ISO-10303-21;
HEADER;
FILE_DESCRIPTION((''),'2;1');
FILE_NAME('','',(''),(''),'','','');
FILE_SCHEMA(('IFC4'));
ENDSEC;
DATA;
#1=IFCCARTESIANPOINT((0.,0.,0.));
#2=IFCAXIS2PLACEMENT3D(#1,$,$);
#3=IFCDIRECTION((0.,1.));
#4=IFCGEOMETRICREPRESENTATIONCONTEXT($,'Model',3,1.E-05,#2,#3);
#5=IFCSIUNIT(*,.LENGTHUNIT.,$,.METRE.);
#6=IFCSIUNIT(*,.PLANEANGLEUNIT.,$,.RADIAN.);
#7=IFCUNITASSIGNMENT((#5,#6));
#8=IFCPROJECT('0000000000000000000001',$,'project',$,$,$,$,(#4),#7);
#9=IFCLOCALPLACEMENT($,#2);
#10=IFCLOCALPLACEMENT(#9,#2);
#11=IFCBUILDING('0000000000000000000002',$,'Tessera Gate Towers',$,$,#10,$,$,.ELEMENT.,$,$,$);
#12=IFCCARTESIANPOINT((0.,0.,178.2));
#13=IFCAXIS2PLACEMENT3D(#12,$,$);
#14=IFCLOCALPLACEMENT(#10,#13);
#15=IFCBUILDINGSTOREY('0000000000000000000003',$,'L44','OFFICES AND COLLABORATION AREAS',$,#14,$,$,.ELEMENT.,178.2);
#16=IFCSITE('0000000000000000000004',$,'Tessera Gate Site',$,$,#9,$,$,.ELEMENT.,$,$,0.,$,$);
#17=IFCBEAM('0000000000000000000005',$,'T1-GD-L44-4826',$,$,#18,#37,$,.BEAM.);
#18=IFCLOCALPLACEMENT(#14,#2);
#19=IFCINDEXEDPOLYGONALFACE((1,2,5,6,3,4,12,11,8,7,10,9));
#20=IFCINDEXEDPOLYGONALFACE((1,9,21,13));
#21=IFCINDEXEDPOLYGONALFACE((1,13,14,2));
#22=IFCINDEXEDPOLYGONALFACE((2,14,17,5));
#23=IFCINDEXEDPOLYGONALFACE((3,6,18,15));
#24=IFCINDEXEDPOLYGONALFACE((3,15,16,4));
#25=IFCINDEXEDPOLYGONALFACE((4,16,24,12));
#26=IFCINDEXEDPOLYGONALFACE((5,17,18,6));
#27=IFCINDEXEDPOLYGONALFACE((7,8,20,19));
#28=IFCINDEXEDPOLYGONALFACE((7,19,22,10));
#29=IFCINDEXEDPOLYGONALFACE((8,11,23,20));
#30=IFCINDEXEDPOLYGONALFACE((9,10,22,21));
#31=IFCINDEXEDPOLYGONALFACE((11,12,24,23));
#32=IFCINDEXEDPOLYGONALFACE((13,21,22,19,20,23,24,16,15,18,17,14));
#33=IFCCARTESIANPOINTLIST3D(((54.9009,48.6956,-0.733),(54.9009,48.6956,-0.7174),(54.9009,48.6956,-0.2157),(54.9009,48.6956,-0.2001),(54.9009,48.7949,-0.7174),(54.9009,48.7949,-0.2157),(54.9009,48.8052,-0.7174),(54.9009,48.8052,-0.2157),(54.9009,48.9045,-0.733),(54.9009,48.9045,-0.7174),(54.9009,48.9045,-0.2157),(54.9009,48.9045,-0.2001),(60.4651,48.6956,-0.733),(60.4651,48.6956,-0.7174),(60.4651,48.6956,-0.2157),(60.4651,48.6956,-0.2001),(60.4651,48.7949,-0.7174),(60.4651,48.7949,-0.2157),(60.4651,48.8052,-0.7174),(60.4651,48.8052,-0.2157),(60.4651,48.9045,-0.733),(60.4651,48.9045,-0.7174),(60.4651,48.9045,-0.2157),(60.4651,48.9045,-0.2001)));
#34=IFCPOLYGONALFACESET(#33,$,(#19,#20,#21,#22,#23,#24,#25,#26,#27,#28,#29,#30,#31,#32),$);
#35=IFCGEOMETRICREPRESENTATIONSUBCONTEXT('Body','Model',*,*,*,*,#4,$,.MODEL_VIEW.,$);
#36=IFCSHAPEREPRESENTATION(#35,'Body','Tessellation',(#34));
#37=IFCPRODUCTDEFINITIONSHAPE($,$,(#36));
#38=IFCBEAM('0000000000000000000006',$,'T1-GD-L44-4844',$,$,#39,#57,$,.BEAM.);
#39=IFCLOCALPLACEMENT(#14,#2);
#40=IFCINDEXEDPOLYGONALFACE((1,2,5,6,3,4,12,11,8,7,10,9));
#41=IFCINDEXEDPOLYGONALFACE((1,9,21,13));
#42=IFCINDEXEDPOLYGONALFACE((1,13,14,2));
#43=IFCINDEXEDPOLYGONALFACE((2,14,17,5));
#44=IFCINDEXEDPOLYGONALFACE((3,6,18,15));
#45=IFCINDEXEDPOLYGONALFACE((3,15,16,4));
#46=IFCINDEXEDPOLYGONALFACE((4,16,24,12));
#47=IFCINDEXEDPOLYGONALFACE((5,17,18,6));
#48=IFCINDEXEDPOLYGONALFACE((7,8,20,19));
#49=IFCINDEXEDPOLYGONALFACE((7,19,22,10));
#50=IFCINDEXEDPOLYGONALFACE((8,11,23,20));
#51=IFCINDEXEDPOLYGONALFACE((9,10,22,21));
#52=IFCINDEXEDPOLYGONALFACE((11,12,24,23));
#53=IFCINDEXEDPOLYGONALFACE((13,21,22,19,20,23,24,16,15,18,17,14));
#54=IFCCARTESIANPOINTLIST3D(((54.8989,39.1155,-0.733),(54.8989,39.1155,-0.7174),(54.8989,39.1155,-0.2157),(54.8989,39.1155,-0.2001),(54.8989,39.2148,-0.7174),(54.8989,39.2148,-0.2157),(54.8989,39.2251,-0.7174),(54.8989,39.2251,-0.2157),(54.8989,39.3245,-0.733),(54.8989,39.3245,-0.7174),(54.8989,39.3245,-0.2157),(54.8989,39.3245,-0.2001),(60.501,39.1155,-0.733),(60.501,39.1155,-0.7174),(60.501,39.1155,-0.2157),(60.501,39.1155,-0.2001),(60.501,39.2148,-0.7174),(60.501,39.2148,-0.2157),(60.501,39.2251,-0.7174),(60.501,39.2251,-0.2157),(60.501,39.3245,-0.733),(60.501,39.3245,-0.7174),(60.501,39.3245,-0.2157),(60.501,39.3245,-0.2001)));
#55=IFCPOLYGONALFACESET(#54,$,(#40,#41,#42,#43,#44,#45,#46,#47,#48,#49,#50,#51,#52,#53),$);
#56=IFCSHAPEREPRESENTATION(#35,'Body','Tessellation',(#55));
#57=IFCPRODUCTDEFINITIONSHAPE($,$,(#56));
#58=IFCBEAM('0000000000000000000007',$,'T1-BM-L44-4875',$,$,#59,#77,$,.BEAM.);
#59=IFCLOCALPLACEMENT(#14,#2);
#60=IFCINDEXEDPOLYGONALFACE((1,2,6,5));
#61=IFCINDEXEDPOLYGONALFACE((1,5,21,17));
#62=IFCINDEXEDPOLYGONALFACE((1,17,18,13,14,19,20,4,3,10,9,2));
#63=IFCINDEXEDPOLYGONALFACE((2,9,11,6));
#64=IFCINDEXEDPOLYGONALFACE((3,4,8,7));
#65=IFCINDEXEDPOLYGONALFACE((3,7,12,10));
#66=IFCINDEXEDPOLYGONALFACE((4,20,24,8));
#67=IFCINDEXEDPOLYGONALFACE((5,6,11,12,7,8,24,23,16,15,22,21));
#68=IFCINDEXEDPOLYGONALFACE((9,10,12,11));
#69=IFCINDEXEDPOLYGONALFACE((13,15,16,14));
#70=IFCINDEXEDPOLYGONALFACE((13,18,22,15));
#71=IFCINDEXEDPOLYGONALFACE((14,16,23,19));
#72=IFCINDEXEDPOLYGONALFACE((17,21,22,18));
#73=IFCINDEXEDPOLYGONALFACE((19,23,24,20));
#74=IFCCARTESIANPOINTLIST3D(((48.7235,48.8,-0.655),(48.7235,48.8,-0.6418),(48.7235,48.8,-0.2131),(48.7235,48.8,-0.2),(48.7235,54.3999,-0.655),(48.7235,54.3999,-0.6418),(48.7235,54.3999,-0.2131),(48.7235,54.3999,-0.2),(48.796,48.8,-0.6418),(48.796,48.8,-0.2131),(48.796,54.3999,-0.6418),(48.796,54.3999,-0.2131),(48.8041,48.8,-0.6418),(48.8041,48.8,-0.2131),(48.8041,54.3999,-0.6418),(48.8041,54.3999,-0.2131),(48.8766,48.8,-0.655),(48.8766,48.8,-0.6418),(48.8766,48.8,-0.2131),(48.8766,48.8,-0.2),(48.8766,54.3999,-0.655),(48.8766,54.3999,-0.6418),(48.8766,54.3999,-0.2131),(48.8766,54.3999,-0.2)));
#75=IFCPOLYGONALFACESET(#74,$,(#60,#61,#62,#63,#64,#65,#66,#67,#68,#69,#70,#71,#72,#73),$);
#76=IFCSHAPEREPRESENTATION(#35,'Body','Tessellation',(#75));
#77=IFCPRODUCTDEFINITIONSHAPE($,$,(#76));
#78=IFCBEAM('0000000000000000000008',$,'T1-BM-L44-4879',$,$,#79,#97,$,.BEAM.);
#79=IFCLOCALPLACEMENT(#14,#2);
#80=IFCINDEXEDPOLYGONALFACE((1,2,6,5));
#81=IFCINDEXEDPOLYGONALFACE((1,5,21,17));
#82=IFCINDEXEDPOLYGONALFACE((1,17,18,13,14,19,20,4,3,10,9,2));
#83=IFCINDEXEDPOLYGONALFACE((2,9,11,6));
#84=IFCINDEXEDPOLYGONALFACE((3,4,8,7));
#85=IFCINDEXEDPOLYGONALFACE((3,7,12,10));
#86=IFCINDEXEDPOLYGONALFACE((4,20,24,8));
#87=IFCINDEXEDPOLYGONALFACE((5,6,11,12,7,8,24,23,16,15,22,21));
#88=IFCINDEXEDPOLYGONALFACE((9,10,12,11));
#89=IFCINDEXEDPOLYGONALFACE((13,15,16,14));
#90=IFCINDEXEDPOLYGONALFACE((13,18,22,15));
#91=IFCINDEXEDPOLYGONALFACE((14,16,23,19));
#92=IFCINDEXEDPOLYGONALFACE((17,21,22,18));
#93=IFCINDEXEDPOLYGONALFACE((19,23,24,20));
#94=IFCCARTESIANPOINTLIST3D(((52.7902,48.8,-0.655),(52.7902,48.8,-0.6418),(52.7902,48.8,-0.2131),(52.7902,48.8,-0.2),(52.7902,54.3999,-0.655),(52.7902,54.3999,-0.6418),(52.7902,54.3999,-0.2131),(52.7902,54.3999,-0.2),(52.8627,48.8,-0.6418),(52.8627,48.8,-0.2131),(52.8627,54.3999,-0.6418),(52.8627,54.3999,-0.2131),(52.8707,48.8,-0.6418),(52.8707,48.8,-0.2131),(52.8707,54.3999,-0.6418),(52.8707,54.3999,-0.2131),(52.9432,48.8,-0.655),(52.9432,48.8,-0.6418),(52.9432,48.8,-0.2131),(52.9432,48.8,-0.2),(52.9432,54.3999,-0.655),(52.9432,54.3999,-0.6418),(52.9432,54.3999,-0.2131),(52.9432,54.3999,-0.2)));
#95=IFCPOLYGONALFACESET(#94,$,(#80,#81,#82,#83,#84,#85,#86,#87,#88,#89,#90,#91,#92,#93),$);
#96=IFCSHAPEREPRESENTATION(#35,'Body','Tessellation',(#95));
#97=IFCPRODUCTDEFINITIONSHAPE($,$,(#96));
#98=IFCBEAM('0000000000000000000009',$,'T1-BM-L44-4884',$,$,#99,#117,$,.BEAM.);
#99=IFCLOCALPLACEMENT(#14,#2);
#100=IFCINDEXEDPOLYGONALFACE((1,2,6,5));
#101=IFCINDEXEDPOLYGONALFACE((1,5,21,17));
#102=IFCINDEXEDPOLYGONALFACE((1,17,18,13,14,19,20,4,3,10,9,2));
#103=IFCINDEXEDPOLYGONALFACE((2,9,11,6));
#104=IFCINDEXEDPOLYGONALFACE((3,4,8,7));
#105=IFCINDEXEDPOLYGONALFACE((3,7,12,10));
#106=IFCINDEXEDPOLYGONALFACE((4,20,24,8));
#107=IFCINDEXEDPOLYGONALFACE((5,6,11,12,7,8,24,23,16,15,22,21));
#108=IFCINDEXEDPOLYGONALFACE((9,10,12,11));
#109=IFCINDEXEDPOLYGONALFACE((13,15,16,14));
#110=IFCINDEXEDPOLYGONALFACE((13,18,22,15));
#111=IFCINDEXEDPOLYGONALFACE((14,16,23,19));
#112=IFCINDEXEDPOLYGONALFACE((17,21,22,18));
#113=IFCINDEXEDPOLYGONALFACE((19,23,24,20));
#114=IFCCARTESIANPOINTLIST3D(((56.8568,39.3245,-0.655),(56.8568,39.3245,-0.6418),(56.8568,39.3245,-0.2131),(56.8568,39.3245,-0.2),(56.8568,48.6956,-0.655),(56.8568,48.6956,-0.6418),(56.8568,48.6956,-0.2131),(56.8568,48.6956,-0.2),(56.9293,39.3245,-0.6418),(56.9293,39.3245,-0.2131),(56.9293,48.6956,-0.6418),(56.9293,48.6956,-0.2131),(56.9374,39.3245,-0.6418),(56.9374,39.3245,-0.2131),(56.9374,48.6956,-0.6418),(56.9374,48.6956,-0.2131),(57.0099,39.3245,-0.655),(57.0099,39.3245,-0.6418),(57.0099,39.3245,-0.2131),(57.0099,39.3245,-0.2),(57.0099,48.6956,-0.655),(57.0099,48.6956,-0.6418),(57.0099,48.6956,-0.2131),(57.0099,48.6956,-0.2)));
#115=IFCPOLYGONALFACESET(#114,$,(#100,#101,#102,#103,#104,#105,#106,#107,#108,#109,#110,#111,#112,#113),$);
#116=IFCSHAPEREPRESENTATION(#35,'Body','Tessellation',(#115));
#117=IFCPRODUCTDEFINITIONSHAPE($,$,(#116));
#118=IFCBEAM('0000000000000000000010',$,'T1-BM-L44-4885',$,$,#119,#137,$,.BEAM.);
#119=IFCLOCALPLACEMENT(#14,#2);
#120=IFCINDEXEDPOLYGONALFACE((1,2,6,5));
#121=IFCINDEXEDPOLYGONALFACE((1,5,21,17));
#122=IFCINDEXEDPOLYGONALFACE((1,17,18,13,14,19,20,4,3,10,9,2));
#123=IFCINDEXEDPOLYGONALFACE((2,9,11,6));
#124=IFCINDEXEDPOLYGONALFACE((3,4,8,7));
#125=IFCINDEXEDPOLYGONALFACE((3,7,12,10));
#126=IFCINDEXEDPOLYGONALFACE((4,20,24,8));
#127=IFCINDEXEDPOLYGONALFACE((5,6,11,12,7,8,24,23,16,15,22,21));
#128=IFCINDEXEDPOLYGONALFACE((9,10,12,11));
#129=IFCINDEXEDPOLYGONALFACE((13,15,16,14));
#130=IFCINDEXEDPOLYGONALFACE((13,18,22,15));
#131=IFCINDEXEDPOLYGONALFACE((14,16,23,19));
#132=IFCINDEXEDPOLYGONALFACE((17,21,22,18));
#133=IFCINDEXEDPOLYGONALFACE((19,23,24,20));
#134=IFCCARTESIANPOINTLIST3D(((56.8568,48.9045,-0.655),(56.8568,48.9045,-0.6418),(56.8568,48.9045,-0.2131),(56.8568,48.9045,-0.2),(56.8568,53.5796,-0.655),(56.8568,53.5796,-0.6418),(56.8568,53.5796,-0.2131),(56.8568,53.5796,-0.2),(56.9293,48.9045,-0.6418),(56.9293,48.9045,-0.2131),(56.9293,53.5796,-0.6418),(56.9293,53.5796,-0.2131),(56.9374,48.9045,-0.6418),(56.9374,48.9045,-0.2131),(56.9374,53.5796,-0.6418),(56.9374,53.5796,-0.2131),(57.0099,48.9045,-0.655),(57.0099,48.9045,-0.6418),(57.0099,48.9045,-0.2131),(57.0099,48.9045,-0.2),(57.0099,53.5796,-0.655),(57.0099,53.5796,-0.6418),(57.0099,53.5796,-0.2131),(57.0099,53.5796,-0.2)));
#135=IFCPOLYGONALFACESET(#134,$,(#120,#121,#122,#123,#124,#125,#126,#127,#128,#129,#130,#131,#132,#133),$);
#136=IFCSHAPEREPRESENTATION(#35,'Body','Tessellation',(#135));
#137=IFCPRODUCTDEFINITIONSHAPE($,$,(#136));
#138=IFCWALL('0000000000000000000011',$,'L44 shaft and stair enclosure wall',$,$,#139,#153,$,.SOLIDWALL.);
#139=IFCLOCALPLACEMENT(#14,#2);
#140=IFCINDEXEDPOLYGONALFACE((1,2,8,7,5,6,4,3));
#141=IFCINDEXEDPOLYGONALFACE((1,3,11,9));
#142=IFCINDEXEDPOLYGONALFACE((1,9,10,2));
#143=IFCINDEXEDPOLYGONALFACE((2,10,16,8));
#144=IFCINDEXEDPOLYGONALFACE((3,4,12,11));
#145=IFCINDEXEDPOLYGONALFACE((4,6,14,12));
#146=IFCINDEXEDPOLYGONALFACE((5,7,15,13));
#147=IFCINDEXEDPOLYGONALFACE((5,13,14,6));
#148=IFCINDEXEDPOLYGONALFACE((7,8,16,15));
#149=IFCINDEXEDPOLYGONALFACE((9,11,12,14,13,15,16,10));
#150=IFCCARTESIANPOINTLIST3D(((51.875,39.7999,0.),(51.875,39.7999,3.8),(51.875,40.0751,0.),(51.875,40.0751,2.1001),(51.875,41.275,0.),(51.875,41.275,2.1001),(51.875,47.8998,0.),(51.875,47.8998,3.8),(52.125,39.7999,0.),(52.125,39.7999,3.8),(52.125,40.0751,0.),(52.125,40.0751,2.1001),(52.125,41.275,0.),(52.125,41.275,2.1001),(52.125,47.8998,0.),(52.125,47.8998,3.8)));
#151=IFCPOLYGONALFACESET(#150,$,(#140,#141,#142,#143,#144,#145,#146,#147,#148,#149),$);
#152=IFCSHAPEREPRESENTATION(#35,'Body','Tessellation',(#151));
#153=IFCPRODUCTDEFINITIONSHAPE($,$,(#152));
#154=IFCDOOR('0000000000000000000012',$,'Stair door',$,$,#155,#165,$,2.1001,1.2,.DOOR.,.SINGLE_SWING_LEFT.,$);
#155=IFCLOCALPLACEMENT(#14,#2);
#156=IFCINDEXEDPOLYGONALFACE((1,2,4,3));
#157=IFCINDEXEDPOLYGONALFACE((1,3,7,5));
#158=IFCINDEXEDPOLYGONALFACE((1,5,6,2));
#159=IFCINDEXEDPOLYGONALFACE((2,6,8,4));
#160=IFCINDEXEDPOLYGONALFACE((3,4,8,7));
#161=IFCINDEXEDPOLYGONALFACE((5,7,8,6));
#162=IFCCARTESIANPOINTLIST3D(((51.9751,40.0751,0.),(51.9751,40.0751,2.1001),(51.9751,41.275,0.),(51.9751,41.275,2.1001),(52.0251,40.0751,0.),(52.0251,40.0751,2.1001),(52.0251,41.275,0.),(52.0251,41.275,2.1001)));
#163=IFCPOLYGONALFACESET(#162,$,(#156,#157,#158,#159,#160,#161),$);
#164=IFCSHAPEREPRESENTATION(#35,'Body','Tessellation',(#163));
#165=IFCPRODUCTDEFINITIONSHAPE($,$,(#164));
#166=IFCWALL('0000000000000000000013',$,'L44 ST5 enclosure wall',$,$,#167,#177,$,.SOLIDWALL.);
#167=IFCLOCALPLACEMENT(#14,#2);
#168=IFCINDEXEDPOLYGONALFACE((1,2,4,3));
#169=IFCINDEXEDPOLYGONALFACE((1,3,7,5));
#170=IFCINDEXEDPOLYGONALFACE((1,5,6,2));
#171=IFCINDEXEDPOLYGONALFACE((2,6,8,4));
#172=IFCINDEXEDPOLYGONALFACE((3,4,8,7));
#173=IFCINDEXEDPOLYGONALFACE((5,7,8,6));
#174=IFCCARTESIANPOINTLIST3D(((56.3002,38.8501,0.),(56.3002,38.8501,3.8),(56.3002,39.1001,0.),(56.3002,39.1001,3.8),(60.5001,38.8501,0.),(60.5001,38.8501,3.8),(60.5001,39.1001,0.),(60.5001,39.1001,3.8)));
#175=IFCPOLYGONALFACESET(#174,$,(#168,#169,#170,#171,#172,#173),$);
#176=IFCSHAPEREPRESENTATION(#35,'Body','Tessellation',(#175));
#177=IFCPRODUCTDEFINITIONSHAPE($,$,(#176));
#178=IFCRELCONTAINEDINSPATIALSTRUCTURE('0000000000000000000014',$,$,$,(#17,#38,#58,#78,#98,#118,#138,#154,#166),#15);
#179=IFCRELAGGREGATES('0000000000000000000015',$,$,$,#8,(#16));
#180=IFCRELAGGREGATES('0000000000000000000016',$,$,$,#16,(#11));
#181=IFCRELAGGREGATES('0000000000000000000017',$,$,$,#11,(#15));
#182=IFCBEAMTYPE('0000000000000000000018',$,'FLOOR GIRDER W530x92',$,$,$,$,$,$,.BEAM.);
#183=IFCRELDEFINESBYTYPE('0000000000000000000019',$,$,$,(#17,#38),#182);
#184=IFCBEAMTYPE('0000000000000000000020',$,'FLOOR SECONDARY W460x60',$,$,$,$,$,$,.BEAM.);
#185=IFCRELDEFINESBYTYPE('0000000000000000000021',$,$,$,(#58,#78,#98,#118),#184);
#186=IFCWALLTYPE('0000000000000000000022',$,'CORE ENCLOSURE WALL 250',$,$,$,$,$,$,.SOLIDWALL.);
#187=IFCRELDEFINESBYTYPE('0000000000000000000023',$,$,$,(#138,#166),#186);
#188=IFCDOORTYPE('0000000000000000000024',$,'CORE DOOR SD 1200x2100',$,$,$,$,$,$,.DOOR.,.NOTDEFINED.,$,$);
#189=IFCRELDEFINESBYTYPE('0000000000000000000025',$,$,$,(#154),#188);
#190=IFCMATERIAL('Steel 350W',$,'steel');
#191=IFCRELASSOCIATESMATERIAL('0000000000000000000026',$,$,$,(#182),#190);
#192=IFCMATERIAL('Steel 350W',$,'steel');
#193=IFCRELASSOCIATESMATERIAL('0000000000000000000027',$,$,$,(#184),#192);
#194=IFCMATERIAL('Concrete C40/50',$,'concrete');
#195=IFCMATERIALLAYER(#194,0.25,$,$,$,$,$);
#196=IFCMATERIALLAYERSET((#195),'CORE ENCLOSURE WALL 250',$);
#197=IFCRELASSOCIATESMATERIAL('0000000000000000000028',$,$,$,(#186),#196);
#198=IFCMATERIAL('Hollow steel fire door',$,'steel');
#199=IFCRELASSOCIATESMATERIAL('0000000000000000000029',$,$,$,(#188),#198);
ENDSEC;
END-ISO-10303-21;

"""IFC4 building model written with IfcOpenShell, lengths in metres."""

from ifc_helpers import new_model, si_unit, direction, frame, frame_2d, origin, origin_2d, place, context, subcontext, project, spatial, rectangle, i_section, extrude, source, transform, mapped, material, layer, layer_set, material_profile, profile_set, type_object, element, fill, save


model = new_model("IFC4")

# Units and contexts
model_context = context("Model", 3, precision=1e-05, world=origin(), true_north=direction((0.0, 1.0)))
body_context = subcontext(model_context, "Body", "Model", "MODEL_VIEW")
ifc_project = project(units=[si_unit("LENGTHUNIT", "METRE"), si_unit("PLANEANGLEUNIT", "RADIAN")], contexts=[model_context])

# Site, building, storey
site_placement = place(None, origin())
site = spatial("IfcSite", under=ifc_project, at=site_placement, Name="Tessera Gate Site", CompositionType="ELEMENT", RefElevation=0.0)
building_placement = place(site_placement, origin())
building = spatial("IfcBuilding", under=site, at=building_placement, Name="Tessera Gate Towers", CompositionType="ELEMENT")
storey_placement = place(building_placement, frame((0.0, 0.0, 178.2)))
storey = spatial("IfcBuildingStorey", under=building, at=storey_placement, Name="L44", Description="OFFICES AND COLLABORATION AREAS", CompositionType="ELEMENT", Elevation=178.2)

# Beams
ifc_material_1 = material(Name="Steel 350W", Category="steel")
ifc_material_profile_1 = material_profile(ifc_material_1, i_section(OverallWidth=0.209, OverallDepth=0.533, WebThickness=0.0103, FlangeThickness=0.0156, at=origin_2d()), Name="W530x92")
ifc_profile_set_1 = profile_set([ifc_material_profile_1], Name="Steel 350W")
beam_type_1 = type_object("IfcBeamType", Name="FLOOR GIRDER W530x92", PredefinedType="BEAM", material=ifc_profile_set_1)
beam_1_placement = place(storey_placement, frame((54.9009, 48.8, -0.4666), z_axis=(1.0, 0.0, 0.0), x_axis=(0.0, 1.0, 0.0)))
element("IfcBeam", 1, at=beam_1_placement, inside=storey, type_object=beam_type_1, Name="T1-GD-L44-4826", PredefinedType="BEAM", context=body_context, shape_type="SweptSolid", body=[
    extrude(i_section(OverallWidth=0.209, OverallDepth=0.533, WebThickness=0.0103, FlangeThickness=0.0156, at=origin_2d()), origin(), (0.0, 0.0, 1.0), 5.5642),
])
beam_2_placement = place(storey_placement, frame((54.8989, 39.22, -0.4666), z_axis=(1.0, 0.0, 0.0), x_axis=(0.0, 1.0, 0.0)))
element("IfcBeam", 2, at=beam_2_placement, inside=storey, type_object=beam_type_1, Name="T1-GD-L44-4844", PredefinedType="BEAM", context=body_context, shape_type="SweptSolid", body=[
    extrude(i_section(OverallWidth=0.209, OverallDepth=0.533, WebThickness=0.0103, FlangeThickness=0.0156, at=origin_2d()), origin(), (0.0, 0.0, 1.0), 5.6021),
])
ifc_material_2 = material(Name="Steel 350W", Category="steel")
ifc_material_profile_2 = material_profile(ifc_material_2, i_section(OverallWidth=0.1531, OverallDepth=0.4551, WebThickness=0.0081, FlangeThickness=0.0132, at=origin_2d()), Name="W460x60")
ifc_profile_set_2 = profile_set([ifc_material_profile_2], Name="Steel 350W")
beam_type_2 = type_object("IfcBeamType", Name="FLOOR SECONDARY W460x60", PredefinedType="BEAM", material=ifc_profile_set_2)
for number, where, z_axis, x_axis, name in (
    (3, (48.8, 48.8, -0.4275), (0.0, 1.0, 0.0), (-1.0, 0.0, 0.0), "T1-BM-L44-4875"),
    (4, (52.8667, 48.8, -0.4275), (0.0, 1.0, 0.0), (-1.0, 0.0, 0.0), "T1-BM-L44-4879"),
):
    element("IfcBeam", number, at=place(storey_placement, frame(where, z_axis=z_axis, x_axis=x_axis)), inside=storey, type_object=beam_type_2, Name=name, PredefinedType="BEAM", context=body_context, shape_type="SweptSolid", body=[
        extrude(i_section(OverallWidth=0.1531, OverallDepth=0.4551, WebThickness=0.0081, FlangeThickness=0.0132, at=origin_2d()), origin(), (0.0, 0.0, 1.0), 5.5999),
    ])
beam_3_placement = place(storey_placement, frame((56.9333, 39.3245, -0.4275), z_axis=(0.0, 1.0, 0.0), x_axis=(-1.0, 0.0, 0.0)))
element("IfcBeam", 5, at=beam_3_placement, inside=storey, type_object=beam_type_2, Name="T1-BM-L44-4884", PredefinedType="BEAM", context=body_context, shape_type="SweptSolid", body=[
    extrude(i_section(OverallWidth=0.1531, OverallDepth=0.4551, WebThickness=0.0081, FlangeThickness=0.0132, at=origin_2d()), origin(), (0.0, 0.0, 1.0), 9.3711),
])
beam_4_placement = place(storey_placement, frame((56.9333, 48.9045, -0.4275), z_axis=(0.0, 1.0, 0.0), x_axis=(-1.0, 0.0, 0.0)))
element("IfcBeam", 6, at=beam_4_placement, inside=storey, type_object=beam_type_2, Name="T1-BM-L44-4885", PredefinedType="BEAM", context=body_context, shape_type="SweptSolid", body=[
    extrude(i_section(OverallWidth=0.1531, OverallDepth=0.4551, WebThickness=0.0081, FlangeThickness=0.0132, at=origin_2d()), origin(), (0.0, 0.0, 1.0), 4.675),
])

# Wall, opening, door
ifc_material_3 = material(Name="Concrete C40/50", Category="concrete")
ifc_layer_1 = layer(ifc_material_3, 0.25)
ifc_layer_set_1 = layer_set([ifc_layer_1], Name="CORE ENCLOSURE WALL 250")
wall_type_1 = type_object("IfcWallType", Name="CORE ENCLOSURE WALL 250", PredefinedType="SOLIDWALL", material=ifc_layer_set_1)
wall_1_placement = place(storey_placement, frame((52.0, 39.8, 0.0), z_axis=(0.0, 0.0, 1.0), x_axis=(0.0, 1.0, 0.0)))
wall_1 = element("IfcWall", 7, at=wall_1_placement, inside=storey, type_object=wall_type_1, Name="L44 shaft and stair enclosure wall", PredefinedType="SOLIDWALL", context=body_context, shape_type="SweptSolid", body=[
    extrude(rectangle(XDim=8.0999, YDim=0.25, at=frame_2d((4.0498, 0.0))), origin(), (0.0, 0.0, 1.0), 3.8),
])
shared_shape_1 = source(origin(), body_context, "Body", "SweptSolid", [
    extrude(rectangle(XDim=1.2, YDim=2.1001, at=frame_2d((0.6001, 1.05))), frame((0.0, 0.135, 0.0), z_axis=(0.0, -1.0, 0.0), x_axis=(1.0, 0.0, 0.0)), (0.0, 0.0, 1.0), 0.27),
])
opening_1_placement = place(wall_1_placement, frame((0.2749, 0.0, 0.0)))
opening_1 = element("IfcOpeningElement", 8, at=opening_1_placement, cuts=wall_1, PredefinedType="OPENING", context=body_context, shape_type="MappedRepresentation", body=[
    mapped(shared_shape_1, transform((0.0, 0.0, 0.0), scale=1.0)),
])
ifc_material_4 = material(Name="Hollow steel fire door", Category="steel")
door_type_1 = type_object("IfcDoorType", Name="CORE DOOR SD 1200x2100", OperationType="NOTDEFINED", PredefinedType="DOOR", material=ifc_material_4)
shared_shape_2 = source(origin(), body_context, "Body", "SweptSolid", [
    extrude(rectangle(XDim=1.2, YDim=2.1001, at=frame_2d((0.6001, 1.05))), frame((0.0, 0.0249, 0.0), z_axis=(0.0, -1.0, 0.0), x_axis=(1.0, 0.0, 0.0)), (0.0, 0.0, 1.0), 0.05),
])
door_1_placement = place(opening_1_placement, origin())
door_1 = element("IfcDoor", 9, at=door_1_placement, inside=storey, type_object=door_type_1, Name="Stair door", OperationType="SINGLE_SWING_LEFT", OverallHeight=2.1001, OverallWidth=1.2, PredefinedType="DOOR", context=body_context, shape_type="MappedRepresentation", body=[
    mapped(shared_shape_2, transform((0.0, 0.0, 0.0), scale=1.0)),
])
fill(opening_1, door_1)

# Wall
wall_2_placement = place(storey_placement, frame((56.3, 38.9751, 0.0), z_axis=(0.0, 0.0, 1.0), x_axis=(1.0, 0.0, 0.0)))
element("IfcWall", 10, at=wall_2_placement, inside=storey, type_object=wall_type_1, Name="L44 ST5 enclosure wall", PredefinedType="SOLIDWALL", context=body_context, shape_type="SweptSolid", body=[
    extrude(rectangle(XDim=4.2, YDim=0.25, at=frame_2d((2.1001, 0.0))), origin(), (0.0, 0.0, 1.0), 3.8),
])

save(model, "model.ifc")
